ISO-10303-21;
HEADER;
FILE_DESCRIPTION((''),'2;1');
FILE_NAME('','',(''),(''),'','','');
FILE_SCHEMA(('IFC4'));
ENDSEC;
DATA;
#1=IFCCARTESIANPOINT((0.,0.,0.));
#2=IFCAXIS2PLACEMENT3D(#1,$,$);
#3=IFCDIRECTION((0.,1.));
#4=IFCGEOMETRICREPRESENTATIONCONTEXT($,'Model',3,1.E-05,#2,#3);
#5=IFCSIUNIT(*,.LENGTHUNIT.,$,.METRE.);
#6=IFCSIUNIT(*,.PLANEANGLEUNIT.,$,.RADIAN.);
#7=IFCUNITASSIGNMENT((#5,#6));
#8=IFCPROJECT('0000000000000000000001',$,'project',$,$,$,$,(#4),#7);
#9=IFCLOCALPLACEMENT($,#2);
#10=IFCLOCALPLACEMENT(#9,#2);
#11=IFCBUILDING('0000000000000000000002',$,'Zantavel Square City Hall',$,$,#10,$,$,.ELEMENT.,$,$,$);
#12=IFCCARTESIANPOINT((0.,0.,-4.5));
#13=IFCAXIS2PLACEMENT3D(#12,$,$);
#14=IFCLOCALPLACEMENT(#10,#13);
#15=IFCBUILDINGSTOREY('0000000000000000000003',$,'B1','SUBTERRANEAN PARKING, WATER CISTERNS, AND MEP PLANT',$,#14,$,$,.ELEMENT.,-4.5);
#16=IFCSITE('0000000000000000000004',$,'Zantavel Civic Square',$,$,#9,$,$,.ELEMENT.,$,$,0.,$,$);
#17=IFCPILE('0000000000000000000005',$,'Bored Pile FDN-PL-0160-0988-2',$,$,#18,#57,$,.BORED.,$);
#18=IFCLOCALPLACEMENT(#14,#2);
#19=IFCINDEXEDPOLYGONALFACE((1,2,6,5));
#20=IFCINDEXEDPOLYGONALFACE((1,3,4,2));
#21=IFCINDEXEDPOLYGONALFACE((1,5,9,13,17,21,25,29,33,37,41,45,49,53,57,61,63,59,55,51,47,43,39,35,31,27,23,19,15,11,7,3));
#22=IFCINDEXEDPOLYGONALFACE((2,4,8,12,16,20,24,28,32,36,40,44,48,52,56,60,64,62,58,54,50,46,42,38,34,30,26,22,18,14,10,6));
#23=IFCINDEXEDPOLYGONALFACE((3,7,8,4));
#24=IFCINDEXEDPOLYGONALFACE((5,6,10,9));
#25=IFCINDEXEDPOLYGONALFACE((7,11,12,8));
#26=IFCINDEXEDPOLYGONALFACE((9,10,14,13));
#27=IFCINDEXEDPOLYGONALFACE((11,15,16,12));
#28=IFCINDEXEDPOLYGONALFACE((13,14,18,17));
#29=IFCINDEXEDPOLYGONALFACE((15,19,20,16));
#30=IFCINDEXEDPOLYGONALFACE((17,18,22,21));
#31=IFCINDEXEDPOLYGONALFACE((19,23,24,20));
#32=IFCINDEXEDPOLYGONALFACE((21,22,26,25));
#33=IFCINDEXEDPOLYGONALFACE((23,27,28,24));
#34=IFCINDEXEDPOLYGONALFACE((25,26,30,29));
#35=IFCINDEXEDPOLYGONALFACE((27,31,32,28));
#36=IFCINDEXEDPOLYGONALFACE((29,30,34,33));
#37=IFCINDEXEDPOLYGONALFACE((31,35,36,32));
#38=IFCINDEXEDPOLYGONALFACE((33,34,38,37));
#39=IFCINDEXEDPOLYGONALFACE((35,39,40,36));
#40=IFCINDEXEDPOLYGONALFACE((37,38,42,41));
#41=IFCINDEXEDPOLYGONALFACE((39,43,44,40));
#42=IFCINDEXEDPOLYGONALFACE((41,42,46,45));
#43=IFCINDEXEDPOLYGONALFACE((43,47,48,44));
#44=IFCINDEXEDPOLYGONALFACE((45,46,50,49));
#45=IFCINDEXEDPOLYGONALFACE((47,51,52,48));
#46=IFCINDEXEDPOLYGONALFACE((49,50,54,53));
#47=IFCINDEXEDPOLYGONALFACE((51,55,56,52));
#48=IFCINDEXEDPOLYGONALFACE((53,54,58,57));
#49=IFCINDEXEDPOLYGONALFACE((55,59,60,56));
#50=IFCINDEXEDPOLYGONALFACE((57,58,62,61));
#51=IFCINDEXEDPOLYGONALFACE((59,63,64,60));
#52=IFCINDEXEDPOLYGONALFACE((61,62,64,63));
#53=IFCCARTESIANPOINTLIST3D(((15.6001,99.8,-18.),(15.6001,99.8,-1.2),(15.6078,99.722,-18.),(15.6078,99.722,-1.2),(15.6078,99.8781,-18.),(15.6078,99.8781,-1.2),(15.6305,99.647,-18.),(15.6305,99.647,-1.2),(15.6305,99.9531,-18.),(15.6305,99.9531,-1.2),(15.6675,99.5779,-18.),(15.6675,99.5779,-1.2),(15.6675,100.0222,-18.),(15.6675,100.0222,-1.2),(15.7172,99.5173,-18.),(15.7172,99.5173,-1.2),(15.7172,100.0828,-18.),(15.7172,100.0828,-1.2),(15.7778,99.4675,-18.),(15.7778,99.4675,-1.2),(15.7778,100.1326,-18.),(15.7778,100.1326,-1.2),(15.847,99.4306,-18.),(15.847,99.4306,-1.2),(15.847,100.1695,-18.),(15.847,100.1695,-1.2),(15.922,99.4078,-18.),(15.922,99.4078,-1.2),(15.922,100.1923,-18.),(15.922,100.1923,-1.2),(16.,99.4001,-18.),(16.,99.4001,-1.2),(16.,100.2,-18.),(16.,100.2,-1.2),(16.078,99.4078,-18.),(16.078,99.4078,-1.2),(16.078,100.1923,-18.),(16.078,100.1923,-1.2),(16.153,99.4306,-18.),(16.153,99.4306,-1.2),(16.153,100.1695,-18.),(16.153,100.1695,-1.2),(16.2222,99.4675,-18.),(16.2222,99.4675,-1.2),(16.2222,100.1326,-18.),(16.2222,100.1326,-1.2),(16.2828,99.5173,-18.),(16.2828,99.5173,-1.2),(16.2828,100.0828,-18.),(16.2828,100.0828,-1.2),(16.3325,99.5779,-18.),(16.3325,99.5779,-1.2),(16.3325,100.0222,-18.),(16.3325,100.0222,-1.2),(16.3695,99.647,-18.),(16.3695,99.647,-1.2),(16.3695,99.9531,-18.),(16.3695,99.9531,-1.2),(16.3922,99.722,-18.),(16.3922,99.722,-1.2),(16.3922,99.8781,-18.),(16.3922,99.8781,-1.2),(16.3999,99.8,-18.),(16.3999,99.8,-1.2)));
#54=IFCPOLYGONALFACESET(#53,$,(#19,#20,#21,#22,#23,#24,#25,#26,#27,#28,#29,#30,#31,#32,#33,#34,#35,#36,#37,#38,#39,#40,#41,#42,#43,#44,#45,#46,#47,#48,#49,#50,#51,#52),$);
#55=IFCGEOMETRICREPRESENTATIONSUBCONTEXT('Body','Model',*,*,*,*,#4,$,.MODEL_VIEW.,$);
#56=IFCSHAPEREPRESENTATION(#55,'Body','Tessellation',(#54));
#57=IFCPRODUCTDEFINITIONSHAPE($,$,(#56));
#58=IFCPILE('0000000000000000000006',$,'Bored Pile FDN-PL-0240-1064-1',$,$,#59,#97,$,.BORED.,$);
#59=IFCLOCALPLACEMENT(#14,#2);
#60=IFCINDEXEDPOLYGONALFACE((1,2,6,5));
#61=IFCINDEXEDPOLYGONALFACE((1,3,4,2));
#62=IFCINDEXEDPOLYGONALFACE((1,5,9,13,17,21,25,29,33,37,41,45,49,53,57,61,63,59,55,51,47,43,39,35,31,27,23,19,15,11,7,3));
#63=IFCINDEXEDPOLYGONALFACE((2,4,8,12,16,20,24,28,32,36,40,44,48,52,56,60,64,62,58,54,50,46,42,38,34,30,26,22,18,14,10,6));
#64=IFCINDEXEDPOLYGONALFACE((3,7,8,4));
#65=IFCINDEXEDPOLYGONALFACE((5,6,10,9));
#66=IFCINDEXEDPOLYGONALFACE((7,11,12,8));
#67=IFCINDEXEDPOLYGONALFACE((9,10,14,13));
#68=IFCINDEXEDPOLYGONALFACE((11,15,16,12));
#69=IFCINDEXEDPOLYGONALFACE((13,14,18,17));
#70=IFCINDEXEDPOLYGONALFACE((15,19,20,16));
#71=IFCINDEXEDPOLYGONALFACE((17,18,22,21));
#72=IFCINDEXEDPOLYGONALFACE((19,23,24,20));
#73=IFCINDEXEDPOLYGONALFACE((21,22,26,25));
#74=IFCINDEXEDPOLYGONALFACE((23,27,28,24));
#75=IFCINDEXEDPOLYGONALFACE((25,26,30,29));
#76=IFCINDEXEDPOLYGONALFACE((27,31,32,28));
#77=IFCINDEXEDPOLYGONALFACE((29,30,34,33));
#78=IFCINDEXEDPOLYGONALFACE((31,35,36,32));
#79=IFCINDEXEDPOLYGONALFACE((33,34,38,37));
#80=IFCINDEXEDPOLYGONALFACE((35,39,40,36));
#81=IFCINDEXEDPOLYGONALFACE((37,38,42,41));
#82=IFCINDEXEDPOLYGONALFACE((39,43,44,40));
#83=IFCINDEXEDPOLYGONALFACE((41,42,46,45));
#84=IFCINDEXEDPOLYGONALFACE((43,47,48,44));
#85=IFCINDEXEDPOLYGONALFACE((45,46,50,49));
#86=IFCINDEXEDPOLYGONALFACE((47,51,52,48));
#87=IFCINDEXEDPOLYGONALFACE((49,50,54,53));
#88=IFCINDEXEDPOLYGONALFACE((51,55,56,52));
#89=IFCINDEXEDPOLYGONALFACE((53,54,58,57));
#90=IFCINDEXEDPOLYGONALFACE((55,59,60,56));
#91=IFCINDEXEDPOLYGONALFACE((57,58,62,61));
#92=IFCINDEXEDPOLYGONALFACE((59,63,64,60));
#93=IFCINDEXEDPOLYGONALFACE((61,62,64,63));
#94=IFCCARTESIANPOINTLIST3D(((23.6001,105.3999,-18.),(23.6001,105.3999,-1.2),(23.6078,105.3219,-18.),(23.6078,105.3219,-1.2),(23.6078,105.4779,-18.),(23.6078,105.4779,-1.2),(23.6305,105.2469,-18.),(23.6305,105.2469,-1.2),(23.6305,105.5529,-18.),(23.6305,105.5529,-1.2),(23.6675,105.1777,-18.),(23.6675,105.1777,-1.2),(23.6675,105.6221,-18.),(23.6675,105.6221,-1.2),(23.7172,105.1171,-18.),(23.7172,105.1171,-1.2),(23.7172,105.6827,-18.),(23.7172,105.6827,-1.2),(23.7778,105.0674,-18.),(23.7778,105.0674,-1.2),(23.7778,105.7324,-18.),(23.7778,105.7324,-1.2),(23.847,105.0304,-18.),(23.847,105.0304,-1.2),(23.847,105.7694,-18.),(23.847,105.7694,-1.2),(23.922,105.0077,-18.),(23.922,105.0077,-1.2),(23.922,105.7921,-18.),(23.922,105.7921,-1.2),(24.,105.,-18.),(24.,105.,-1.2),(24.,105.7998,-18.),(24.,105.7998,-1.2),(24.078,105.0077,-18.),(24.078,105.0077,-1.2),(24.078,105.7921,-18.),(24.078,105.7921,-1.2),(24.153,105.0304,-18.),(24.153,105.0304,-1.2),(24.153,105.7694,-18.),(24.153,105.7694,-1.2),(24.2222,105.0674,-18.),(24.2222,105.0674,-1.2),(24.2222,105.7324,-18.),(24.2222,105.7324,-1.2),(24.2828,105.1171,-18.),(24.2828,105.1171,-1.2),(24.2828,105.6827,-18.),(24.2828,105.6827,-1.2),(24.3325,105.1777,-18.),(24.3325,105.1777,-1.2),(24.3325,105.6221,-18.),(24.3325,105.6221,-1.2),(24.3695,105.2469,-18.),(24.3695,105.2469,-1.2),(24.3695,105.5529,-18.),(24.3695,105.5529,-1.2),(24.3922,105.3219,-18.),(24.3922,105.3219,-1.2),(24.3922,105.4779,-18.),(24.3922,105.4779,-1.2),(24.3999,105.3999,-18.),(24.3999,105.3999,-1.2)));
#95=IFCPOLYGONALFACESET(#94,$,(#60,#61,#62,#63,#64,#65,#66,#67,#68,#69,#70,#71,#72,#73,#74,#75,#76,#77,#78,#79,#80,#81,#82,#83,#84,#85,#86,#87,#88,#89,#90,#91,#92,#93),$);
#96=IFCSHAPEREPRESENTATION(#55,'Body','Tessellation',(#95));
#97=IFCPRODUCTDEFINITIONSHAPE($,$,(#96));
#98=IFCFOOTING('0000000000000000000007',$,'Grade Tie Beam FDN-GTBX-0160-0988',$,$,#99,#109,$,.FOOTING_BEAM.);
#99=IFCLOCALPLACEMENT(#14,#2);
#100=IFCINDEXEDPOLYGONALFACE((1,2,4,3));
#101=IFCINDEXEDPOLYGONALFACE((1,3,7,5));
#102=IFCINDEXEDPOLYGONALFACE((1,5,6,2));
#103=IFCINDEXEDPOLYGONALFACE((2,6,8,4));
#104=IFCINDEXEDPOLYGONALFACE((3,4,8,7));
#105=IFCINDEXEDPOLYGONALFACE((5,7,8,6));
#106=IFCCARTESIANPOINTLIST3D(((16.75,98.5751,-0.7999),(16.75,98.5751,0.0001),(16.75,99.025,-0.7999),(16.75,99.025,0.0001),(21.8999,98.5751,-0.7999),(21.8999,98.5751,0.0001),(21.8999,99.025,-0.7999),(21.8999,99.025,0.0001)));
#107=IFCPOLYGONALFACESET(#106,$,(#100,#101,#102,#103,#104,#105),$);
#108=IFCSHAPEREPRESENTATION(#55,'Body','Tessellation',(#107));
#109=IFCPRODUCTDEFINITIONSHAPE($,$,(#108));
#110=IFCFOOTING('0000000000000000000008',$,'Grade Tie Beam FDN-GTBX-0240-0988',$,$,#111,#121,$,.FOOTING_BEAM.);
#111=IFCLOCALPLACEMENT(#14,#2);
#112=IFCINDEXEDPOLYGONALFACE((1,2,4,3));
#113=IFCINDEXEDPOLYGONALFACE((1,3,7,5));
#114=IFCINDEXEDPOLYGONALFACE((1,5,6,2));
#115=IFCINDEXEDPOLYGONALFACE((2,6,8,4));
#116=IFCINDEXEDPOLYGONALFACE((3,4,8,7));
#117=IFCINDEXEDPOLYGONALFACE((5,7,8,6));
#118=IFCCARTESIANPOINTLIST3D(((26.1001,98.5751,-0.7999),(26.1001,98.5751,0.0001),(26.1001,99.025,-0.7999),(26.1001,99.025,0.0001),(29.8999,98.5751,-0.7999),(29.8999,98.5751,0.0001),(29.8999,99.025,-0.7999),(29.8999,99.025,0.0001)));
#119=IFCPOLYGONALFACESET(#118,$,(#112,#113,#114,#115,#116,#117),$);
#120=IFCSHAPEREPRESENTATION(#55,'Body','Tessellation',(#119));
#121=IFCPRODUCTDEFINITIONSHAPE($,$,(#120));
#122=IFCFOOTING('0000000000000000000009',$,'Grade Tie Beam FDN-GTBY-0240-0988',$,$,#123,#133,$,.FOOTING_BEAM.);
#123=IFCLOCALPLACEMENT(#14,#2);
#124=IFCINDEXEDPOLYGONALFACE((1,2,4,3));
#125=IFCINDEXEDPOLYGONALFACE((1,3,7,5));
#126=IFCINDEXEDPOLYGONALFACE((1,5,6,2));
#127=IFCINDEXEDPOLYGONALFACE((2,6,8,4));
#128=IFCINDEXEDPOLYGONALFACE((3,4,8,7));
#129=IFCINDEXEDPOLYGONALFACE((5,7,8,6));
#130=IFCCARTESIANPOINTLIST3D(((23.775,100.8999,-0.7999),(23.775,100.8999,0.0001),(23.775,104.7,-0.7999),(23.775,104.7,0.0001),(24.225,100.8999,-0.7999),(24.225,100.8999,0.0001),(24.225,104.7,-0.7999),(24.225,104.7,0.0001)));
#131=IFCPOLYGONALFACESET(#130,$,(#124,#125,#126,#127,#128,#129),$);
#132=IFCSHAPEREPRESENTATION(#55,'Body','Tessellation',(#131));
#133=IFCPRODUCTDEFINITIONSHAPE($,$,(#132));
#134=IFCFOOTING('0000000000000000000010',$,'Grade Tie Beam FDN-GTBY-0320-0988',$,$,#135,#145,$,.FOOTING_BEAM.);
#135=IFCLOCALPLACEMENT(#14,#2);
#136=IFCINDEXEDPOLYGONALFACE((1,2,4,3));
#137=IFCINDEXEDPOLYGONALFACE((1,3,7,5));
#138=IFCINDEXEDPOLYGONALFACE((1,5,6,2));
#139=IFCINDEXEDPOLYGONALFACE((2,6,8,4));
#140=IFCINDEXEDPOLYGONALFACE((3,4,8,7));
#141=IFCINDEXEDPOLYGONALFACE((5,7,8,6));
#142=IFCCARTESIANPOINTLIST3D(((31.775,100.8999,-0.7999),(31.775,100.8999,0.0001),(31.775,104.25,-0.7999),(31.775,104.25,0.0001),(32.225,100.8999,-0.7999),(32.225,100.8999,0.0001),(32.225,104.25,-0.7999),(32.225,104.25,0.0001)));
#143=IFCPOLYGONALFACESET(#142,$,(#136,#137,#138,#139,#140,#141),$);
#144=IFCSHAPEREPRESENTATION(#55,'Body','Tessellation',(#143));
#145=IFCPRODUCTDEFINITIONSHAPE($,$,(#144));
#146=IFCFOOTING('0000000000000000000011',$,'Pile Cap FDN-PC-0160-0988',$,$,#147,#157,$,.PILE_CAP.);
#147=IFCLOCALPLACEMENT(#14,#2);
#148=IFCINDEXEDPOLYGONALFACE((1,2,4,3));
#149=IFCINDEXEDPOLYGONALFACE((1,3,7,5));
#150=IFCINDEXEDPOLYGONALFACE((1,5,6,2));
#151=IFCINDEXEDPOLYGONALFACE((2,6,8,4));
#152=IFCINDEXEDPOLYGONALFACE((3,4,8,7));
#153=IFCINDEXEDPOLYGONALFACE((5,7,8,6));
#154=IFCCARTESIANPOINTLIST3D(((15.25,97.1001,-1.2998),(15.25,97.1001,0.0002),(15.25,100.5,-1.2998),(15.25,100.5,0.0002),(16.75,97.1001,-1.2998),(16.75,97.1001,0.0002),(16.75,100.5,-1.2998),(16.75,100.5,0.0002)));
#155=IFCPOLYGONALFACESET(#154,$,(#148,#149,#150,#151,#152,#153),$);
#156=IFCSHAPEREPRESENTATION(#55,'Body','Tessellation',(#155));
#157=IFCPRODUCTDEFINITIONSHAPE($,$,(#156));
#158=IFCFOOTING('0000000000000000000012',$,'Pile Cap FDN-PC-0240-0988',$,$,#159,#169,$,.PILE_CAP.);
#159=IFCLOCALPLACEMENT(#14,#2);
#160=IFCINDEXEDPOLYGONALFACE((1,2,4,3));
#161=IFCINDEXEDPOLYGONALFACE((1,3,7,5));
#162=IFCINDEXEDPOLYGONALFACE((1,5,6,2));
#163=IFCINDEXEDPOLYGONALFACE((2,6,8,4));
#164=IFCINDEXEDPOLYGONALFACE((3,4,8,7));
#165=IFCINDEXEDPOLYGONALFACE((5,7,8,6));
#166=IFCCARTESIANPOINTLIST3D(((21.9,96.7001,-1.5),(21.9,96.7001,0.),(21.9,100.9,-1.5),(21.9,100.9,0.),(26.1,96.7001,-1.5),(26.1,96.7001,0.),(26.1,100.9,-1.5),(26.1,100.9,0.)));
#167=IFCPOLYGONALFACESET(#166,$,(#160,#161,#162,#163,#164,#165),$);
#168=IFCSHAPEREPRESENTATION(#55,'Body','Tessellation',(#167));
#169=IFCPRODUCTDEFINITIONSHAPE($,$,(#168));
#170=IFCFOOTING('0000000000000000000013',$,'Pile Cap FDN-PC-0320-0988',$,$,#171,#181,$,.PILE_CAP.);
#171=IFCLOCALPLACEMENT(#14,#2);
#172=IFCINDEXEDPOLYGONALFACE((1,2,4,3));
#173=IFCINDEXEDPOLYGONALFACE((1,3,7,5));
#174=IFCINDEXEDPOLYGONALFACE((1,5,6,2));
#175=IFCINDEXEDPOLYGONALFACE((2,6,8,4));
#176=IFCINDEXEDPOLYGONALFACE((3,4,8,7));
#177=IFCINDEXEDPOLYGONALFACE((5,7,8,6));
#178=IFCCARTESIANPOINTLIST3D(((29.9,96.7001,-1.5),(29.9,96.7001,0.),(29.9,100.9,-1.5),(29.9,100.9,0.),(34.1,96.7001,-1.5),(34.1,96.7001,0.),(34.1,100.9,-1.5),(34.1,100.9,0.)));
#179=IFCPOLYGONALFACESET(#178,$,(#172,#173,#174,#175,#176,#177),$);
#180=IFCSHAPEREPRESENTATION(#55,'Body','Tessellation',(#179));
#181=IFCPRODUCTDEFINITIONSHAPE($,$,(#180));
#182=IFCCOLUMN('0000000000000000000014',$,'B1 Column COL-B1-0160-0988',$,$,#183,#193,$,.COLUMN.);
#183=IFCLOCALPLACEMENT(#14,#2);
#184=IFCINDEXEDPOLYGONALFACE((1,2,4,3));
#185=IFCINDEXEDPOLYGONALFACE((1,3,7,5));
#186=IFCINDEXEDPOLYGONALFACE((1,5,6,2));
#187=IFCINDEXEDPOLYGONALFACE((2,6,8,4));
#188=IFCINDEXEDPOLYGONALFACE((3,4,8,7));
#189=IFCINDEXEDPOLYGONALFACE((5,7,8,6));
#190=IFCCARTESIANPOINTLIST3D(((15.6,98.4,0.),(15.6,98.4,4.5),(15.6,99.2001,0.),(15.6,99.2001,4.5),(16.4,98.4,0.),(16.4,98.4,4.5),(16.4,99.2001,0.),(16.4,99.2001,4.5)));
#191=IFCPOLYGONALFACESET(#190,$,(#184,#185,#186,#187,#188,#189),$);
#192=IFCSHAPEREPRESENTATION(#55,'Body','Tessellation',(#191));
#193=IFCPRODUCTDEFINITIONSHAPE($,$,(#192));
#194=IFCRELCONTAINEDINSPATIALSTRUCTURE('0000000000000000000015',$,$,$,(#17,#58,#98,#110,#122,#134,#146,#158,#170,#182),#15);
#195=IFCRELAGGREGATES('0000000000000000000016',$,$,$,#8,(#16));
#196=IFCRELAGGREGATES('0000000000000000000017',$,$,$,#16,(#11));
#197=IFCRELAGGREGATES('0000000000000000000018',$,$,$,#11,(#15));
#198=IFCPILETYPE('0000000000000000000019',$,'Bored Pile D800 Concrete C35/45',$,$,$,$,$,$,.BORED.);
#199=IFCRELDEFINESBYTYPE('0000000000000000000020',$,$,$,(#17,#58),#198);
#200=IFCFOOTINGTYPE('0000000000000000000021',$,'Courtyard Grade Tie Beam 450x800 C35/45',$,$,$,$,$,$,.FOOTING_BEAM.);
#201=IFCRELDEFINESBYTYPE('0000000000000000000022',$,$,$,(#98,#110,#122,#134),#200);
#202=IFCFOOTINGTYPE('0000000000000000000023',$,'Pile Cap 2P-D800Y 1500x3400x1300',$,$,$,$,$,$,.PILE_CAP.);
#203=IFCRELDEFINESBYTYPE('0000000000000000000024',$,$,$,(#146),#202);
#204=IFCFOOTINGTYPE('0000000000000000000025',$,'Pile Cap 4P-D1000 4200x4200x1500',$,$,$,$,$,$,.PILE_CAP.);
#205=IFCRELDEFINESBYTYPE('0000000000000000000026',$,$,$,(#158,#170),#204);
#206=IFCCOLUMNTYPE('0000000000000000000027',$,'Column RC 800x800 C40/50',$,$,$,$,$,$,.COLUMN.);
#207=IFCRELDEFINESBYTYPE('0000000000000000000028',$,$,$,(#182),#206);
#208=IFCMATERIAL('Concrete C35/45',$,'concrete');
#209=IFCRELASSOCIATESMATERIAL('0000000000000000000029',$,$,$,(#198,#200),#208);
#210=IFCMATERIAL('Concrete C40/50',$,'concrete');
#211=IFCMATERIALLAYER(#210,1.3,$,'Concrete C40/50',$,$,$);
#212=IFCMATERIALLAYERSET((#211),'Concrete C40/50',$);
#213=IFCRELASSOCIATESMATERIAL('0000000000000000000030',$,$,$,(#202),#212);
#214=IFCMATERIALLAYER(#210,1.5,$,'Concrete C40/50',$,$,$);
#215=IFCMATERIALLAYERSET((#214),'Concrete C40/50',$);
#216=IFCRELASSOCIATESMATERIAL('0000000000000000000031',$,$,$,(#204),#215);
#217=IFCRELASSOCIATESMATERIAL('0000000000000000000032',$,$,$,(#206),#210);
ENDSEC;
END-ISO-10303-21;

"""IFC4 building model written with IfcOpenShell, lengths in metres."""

from ifc_helpers import new_model, si_unit, direction, frame, origin, origin_2d, place, context, subcontext, project, spatial, rectangle, circle, extrude, material, layer, layer_set, material_profile, profile_set, type_object, element, save


model = new_model("IFC4")

# Units and contexts
model_context = context("Model", 3, precision=1e-05, world=origin(), true_north=direction((0.0, 1.0)))
body_context = subcontext(model_context, "Body", "Model", "MODEL_VIEW")
ifc_project = project(units=[si_unit("LENGTHUNIT", "METRE"), si_unit("PLANEANGLEUNIT", "RADIAN")], contexts=[model_context])

# Site, building, storey
site_placement = place(None, origin())
site = spatial("IfcSite", under=ifc_project, at=site_placement, Name="Zantavel Civic Square", CompositionType="ELEMENT", RefElevation=0.0)
building_placement = place(site_placement, origin())
building = spatial("IfcBuilding", under=site, at=building_placement, Name="Zantavel Square City Hall", CompositionType="ELEMENT")
storey_placement = place(building_placement, frame((0.0, 0.0, -4.5)))
storey = spatial("IfcBuildingStorey", under=building, at=storey_placement, Name="B1", Description="SUBTERRANEAN PARKING, WATER CISTERNS, AND MEP PLANT", CompositionType="ELEMENT", Elevation=-4.5)

# Piles
ifc_material_1 = material(Name="Concrete C35/45", Category="concrete")
ifc_material_profile_1 = material_profile(ifc_material_1, circle(Radius=0.3999, at=origin_2d()), Name="PILE D800")
ifc_profile_set_1 = profile_set([ifc_material_profile_1], Name="Concrete C35/45")
pile_type_1 = type_object("IfcPileType", Name="Bored Pile D800 Concrete C35/45", PredefinedType="BORED", material=ifc_profile_set_1)
for number, where, z_axis, x_axis, name in (
    (1, (16.0, 99.8, -1.2), (0.0, 0.0, -1.0), (1.0, 0.0, 0.0), "Bored Pile FDN-PL-0160-0988-2"),
    (2, (24.0, 105.3999, -1.2), (0.0, 0.0, -1.0), (1.0, 0.0, 0.0), "Bored Pile FDN-PL-0240-1064-1"),
):
    element("IfcPile", number, at=place(storey_placement, frame(where, z_axis=z_axis, x_axis=x_axis)), inside=storey, type_object=pile_type_1, Name=name, PredefinedType="BORED", context=body_context, shape_type="SweptSolid", body=[
        extrude(circle(Radius=0.3999, at=origin_2d()), origin(), (0.0, 0.0, 1.0), 16.8),
    ])

# Footings
ifc_material_profile_2 = material_profile(ifc_material_1, rectangle(XDim=0.45, YDim=0.8, at=origin_2d()), Name="RC 450x800")
ifc_profile_set_2 = profile_set([ifc_material_profile_2], Name="Concrete C35/45")
footing_type_1 = type_object("IfcFootingType", Name="Courtyard Grade Tie Beam 450x800 C35/45", PredefinedType="FOOTING_BEAM", material=ifc_profile_set_2)
footing_1_placement = place(storey_placement, frame((16.75, 98.8, -0.3999), z_axis=(1.0, 0.0, 0.0), x_axis=(0.0, 1.0, 0.0)))
element("IfcFooting", 3, at=footing_1_placement, inside=storey, type_object=footing_type_1, Name="Grade Tie Beam FDN-GTBX-0160-0988", PredefinedType="FOOTING_BEAM", context=body_context, shape_type="SweptSolid", body=[
    extrude(rectangle(XDim=0.45, YDim=0.8, at=origin_2d()), origin(), (0.0, 0.0, 1.0), 5.1499),
])
footing_2_placement = place(storey_placement, frame((26.1001, 98.8, -0.3999), z_axis=(1.0, 0.0, 0.0), x_axis=(0.0, 1.0, 0.0)))
element("IfcFooting", 4, at=footing_2_placement, inside=storey, type_object=footing_type_1, Name="Grade Tie Beam FDN-GTBX-0240-0988", PredefinedType="FOOTING_BEAM", context=body_context, shape_type="SweptSolid", body=[
    extrude(rectangle(XDim=0.45, YDim=0.8, at=origin_2d()), origin(), (0.0, 0.0, 1.0), 3.7998),
])
footing_3_placement = place(storey_placement, frame((24.0, 100.8999, -0.3999), z_axis=(0.0, 1.0, 0.0), x_axis=(-1.0, 0.0, 0.0)))
element("IfcFooting", 5, at=footing_3_placement, inside=storey, type_object=footing_type_1, Name="Grade Tie Beam FDN-GTBY-0240-0988", PredefinedType="FOOTING_BEAM", context=body_context, shape_type="SweptSolid", body=[
    extrude(rectangle(XDim=0.45, YDim=0.8, at=origin_2d()), origin(), (0.0, 0.0, 1.0), 3.8),
])
footing_4_placement = place(storey_placement, frame((32.0, 100.8999, -0.3999), z_axis=(0.0, 1.0, 0.0), x_axis=(-1.0, 0.0, 0.0)))
element("IfcFooting", 6, at=footing_4_placement, inside=storey, type_object=footing_type_1, Name="Grade Tie Beam FDN-GTBY-0320-0988", PredefinedType="FOOTING_BEAM", context=body_context, shape_type="SweptSolid", body=[
    extrude(rectangle(XDim=0.45, YDim=0.8, at=origin_2d()), origin(), (0.0, 0.0, 1.0), 3.3501),
])
ifc_material_2 = material(Name="Concrete C40/50", Category="concrete")
ifc_layer_1 = layer(ifc_material_2, 1.3, Name="Concrete C40/50")
ifc_layer_set_1 = layer_set([ifc_layer_1], Name="Concrete C40/50")
footing_type_2 = type_object("IfcFootingType", Name="Pile Cap 2P-D800Y 1500x3400x1300", PredefinedType="PILE_CAP", material=ifc_layer_set_1)
footing_5_placement = place(storey_placement, frame((16.0, 98.8, -1.2998), z_axis=(0.0, 0.0, 1.0), x_axis=(1.0, 0.0, 0.0)))
element("IfcFooting", 7, at=footing_5_placement, inside=storey, type_object=footing_type_2, Name="Pile Cap FDN-PC-0160-0988", PredefinedType="PILE_CAP", context=body_context, shape_type="SweptSolid", body=[
    extrude(rectangle(XDim=1.5, YDim=3.3999, at=origin_2d()), origin(), (0.0, 0.0, 1.0), 1.3),
])
ifc_layer_2 = layer(ifc_material_2, 1.5, Name="Concrete C40/50")
ifc_layer_set_2 = layer_set([ifc_layer_2], Name="Concrete C40/50")
footing_type_3 = type_object("IfcFootingType", Name="Pile Cap 4P-D1000 4200x4200x1500", PredefinedType="PILE_CAP", material=ifc_layer_set_2)
for number, where, z_axis, x_axis, name in (
    (8, (24.0, 98.8, -1.5), (0.0, 0.0, 1.0), (1.0, 0.0, 0.0), "Pile Cap FDN-PC-0240-0988"),
    (9, (32.0, 98.8, -1.5), (0.0, 0.0, 1.0), (1.0, 0.0, 0.0), "Pile Cap FDN-PC-0320-0988"),
):
    element("IfcFooting", number, at=place(storey_placement, frame(where, z_axis=z_axis, x_axis=x_axis)), inside=storey, type_object=footing_type_3, Name=name, PredefinedType="PILE_CAP", context=body_context, shape_type="SweptSolid", body=[
        extrude(rectangle(XDim=4.2, YDim=4.2, at=origin_2d()), origin(), (0.0, 0.0, 1.0), 1.5),
    ])

# Column
ifc_material_profile_3 = material_profile(ifc_material_2, rectangle(XDim=0.8, YDim=0.8, at=origin_2d()), Name="RC 800x800")
ifc_profile_set_3 = profile_set([ifc_material_profile_3], Name="Concrete C40/50")
column_type_1 = type_object("IfcColumnType", Name="Column RC 800x800 C40/50", PredefinedType="COLUMN", material=ifc_profile_set_3)
column_placement = place(storey_placement, frame((16.0, 98.8, 0.0), z_axis=(0.0, 0.0, 1.0), x_axis=(1.0, 0.0, 0.0)))
element("IfcColumn", 10, at=column_placement, inside=storey, type_object=column_type_1, Name="B1 Column COL-B1-0160-0988", PredefinedType="COLUMN", context=body_context, shape_type="SweptSolid", body=[
    extrude(rectangle(XDim=0.8, YDim=0.8, at=origin_2d()), origin(), (0.0, 0.0, 1.0), 4.5),
])

save(model, "model.ifc")
